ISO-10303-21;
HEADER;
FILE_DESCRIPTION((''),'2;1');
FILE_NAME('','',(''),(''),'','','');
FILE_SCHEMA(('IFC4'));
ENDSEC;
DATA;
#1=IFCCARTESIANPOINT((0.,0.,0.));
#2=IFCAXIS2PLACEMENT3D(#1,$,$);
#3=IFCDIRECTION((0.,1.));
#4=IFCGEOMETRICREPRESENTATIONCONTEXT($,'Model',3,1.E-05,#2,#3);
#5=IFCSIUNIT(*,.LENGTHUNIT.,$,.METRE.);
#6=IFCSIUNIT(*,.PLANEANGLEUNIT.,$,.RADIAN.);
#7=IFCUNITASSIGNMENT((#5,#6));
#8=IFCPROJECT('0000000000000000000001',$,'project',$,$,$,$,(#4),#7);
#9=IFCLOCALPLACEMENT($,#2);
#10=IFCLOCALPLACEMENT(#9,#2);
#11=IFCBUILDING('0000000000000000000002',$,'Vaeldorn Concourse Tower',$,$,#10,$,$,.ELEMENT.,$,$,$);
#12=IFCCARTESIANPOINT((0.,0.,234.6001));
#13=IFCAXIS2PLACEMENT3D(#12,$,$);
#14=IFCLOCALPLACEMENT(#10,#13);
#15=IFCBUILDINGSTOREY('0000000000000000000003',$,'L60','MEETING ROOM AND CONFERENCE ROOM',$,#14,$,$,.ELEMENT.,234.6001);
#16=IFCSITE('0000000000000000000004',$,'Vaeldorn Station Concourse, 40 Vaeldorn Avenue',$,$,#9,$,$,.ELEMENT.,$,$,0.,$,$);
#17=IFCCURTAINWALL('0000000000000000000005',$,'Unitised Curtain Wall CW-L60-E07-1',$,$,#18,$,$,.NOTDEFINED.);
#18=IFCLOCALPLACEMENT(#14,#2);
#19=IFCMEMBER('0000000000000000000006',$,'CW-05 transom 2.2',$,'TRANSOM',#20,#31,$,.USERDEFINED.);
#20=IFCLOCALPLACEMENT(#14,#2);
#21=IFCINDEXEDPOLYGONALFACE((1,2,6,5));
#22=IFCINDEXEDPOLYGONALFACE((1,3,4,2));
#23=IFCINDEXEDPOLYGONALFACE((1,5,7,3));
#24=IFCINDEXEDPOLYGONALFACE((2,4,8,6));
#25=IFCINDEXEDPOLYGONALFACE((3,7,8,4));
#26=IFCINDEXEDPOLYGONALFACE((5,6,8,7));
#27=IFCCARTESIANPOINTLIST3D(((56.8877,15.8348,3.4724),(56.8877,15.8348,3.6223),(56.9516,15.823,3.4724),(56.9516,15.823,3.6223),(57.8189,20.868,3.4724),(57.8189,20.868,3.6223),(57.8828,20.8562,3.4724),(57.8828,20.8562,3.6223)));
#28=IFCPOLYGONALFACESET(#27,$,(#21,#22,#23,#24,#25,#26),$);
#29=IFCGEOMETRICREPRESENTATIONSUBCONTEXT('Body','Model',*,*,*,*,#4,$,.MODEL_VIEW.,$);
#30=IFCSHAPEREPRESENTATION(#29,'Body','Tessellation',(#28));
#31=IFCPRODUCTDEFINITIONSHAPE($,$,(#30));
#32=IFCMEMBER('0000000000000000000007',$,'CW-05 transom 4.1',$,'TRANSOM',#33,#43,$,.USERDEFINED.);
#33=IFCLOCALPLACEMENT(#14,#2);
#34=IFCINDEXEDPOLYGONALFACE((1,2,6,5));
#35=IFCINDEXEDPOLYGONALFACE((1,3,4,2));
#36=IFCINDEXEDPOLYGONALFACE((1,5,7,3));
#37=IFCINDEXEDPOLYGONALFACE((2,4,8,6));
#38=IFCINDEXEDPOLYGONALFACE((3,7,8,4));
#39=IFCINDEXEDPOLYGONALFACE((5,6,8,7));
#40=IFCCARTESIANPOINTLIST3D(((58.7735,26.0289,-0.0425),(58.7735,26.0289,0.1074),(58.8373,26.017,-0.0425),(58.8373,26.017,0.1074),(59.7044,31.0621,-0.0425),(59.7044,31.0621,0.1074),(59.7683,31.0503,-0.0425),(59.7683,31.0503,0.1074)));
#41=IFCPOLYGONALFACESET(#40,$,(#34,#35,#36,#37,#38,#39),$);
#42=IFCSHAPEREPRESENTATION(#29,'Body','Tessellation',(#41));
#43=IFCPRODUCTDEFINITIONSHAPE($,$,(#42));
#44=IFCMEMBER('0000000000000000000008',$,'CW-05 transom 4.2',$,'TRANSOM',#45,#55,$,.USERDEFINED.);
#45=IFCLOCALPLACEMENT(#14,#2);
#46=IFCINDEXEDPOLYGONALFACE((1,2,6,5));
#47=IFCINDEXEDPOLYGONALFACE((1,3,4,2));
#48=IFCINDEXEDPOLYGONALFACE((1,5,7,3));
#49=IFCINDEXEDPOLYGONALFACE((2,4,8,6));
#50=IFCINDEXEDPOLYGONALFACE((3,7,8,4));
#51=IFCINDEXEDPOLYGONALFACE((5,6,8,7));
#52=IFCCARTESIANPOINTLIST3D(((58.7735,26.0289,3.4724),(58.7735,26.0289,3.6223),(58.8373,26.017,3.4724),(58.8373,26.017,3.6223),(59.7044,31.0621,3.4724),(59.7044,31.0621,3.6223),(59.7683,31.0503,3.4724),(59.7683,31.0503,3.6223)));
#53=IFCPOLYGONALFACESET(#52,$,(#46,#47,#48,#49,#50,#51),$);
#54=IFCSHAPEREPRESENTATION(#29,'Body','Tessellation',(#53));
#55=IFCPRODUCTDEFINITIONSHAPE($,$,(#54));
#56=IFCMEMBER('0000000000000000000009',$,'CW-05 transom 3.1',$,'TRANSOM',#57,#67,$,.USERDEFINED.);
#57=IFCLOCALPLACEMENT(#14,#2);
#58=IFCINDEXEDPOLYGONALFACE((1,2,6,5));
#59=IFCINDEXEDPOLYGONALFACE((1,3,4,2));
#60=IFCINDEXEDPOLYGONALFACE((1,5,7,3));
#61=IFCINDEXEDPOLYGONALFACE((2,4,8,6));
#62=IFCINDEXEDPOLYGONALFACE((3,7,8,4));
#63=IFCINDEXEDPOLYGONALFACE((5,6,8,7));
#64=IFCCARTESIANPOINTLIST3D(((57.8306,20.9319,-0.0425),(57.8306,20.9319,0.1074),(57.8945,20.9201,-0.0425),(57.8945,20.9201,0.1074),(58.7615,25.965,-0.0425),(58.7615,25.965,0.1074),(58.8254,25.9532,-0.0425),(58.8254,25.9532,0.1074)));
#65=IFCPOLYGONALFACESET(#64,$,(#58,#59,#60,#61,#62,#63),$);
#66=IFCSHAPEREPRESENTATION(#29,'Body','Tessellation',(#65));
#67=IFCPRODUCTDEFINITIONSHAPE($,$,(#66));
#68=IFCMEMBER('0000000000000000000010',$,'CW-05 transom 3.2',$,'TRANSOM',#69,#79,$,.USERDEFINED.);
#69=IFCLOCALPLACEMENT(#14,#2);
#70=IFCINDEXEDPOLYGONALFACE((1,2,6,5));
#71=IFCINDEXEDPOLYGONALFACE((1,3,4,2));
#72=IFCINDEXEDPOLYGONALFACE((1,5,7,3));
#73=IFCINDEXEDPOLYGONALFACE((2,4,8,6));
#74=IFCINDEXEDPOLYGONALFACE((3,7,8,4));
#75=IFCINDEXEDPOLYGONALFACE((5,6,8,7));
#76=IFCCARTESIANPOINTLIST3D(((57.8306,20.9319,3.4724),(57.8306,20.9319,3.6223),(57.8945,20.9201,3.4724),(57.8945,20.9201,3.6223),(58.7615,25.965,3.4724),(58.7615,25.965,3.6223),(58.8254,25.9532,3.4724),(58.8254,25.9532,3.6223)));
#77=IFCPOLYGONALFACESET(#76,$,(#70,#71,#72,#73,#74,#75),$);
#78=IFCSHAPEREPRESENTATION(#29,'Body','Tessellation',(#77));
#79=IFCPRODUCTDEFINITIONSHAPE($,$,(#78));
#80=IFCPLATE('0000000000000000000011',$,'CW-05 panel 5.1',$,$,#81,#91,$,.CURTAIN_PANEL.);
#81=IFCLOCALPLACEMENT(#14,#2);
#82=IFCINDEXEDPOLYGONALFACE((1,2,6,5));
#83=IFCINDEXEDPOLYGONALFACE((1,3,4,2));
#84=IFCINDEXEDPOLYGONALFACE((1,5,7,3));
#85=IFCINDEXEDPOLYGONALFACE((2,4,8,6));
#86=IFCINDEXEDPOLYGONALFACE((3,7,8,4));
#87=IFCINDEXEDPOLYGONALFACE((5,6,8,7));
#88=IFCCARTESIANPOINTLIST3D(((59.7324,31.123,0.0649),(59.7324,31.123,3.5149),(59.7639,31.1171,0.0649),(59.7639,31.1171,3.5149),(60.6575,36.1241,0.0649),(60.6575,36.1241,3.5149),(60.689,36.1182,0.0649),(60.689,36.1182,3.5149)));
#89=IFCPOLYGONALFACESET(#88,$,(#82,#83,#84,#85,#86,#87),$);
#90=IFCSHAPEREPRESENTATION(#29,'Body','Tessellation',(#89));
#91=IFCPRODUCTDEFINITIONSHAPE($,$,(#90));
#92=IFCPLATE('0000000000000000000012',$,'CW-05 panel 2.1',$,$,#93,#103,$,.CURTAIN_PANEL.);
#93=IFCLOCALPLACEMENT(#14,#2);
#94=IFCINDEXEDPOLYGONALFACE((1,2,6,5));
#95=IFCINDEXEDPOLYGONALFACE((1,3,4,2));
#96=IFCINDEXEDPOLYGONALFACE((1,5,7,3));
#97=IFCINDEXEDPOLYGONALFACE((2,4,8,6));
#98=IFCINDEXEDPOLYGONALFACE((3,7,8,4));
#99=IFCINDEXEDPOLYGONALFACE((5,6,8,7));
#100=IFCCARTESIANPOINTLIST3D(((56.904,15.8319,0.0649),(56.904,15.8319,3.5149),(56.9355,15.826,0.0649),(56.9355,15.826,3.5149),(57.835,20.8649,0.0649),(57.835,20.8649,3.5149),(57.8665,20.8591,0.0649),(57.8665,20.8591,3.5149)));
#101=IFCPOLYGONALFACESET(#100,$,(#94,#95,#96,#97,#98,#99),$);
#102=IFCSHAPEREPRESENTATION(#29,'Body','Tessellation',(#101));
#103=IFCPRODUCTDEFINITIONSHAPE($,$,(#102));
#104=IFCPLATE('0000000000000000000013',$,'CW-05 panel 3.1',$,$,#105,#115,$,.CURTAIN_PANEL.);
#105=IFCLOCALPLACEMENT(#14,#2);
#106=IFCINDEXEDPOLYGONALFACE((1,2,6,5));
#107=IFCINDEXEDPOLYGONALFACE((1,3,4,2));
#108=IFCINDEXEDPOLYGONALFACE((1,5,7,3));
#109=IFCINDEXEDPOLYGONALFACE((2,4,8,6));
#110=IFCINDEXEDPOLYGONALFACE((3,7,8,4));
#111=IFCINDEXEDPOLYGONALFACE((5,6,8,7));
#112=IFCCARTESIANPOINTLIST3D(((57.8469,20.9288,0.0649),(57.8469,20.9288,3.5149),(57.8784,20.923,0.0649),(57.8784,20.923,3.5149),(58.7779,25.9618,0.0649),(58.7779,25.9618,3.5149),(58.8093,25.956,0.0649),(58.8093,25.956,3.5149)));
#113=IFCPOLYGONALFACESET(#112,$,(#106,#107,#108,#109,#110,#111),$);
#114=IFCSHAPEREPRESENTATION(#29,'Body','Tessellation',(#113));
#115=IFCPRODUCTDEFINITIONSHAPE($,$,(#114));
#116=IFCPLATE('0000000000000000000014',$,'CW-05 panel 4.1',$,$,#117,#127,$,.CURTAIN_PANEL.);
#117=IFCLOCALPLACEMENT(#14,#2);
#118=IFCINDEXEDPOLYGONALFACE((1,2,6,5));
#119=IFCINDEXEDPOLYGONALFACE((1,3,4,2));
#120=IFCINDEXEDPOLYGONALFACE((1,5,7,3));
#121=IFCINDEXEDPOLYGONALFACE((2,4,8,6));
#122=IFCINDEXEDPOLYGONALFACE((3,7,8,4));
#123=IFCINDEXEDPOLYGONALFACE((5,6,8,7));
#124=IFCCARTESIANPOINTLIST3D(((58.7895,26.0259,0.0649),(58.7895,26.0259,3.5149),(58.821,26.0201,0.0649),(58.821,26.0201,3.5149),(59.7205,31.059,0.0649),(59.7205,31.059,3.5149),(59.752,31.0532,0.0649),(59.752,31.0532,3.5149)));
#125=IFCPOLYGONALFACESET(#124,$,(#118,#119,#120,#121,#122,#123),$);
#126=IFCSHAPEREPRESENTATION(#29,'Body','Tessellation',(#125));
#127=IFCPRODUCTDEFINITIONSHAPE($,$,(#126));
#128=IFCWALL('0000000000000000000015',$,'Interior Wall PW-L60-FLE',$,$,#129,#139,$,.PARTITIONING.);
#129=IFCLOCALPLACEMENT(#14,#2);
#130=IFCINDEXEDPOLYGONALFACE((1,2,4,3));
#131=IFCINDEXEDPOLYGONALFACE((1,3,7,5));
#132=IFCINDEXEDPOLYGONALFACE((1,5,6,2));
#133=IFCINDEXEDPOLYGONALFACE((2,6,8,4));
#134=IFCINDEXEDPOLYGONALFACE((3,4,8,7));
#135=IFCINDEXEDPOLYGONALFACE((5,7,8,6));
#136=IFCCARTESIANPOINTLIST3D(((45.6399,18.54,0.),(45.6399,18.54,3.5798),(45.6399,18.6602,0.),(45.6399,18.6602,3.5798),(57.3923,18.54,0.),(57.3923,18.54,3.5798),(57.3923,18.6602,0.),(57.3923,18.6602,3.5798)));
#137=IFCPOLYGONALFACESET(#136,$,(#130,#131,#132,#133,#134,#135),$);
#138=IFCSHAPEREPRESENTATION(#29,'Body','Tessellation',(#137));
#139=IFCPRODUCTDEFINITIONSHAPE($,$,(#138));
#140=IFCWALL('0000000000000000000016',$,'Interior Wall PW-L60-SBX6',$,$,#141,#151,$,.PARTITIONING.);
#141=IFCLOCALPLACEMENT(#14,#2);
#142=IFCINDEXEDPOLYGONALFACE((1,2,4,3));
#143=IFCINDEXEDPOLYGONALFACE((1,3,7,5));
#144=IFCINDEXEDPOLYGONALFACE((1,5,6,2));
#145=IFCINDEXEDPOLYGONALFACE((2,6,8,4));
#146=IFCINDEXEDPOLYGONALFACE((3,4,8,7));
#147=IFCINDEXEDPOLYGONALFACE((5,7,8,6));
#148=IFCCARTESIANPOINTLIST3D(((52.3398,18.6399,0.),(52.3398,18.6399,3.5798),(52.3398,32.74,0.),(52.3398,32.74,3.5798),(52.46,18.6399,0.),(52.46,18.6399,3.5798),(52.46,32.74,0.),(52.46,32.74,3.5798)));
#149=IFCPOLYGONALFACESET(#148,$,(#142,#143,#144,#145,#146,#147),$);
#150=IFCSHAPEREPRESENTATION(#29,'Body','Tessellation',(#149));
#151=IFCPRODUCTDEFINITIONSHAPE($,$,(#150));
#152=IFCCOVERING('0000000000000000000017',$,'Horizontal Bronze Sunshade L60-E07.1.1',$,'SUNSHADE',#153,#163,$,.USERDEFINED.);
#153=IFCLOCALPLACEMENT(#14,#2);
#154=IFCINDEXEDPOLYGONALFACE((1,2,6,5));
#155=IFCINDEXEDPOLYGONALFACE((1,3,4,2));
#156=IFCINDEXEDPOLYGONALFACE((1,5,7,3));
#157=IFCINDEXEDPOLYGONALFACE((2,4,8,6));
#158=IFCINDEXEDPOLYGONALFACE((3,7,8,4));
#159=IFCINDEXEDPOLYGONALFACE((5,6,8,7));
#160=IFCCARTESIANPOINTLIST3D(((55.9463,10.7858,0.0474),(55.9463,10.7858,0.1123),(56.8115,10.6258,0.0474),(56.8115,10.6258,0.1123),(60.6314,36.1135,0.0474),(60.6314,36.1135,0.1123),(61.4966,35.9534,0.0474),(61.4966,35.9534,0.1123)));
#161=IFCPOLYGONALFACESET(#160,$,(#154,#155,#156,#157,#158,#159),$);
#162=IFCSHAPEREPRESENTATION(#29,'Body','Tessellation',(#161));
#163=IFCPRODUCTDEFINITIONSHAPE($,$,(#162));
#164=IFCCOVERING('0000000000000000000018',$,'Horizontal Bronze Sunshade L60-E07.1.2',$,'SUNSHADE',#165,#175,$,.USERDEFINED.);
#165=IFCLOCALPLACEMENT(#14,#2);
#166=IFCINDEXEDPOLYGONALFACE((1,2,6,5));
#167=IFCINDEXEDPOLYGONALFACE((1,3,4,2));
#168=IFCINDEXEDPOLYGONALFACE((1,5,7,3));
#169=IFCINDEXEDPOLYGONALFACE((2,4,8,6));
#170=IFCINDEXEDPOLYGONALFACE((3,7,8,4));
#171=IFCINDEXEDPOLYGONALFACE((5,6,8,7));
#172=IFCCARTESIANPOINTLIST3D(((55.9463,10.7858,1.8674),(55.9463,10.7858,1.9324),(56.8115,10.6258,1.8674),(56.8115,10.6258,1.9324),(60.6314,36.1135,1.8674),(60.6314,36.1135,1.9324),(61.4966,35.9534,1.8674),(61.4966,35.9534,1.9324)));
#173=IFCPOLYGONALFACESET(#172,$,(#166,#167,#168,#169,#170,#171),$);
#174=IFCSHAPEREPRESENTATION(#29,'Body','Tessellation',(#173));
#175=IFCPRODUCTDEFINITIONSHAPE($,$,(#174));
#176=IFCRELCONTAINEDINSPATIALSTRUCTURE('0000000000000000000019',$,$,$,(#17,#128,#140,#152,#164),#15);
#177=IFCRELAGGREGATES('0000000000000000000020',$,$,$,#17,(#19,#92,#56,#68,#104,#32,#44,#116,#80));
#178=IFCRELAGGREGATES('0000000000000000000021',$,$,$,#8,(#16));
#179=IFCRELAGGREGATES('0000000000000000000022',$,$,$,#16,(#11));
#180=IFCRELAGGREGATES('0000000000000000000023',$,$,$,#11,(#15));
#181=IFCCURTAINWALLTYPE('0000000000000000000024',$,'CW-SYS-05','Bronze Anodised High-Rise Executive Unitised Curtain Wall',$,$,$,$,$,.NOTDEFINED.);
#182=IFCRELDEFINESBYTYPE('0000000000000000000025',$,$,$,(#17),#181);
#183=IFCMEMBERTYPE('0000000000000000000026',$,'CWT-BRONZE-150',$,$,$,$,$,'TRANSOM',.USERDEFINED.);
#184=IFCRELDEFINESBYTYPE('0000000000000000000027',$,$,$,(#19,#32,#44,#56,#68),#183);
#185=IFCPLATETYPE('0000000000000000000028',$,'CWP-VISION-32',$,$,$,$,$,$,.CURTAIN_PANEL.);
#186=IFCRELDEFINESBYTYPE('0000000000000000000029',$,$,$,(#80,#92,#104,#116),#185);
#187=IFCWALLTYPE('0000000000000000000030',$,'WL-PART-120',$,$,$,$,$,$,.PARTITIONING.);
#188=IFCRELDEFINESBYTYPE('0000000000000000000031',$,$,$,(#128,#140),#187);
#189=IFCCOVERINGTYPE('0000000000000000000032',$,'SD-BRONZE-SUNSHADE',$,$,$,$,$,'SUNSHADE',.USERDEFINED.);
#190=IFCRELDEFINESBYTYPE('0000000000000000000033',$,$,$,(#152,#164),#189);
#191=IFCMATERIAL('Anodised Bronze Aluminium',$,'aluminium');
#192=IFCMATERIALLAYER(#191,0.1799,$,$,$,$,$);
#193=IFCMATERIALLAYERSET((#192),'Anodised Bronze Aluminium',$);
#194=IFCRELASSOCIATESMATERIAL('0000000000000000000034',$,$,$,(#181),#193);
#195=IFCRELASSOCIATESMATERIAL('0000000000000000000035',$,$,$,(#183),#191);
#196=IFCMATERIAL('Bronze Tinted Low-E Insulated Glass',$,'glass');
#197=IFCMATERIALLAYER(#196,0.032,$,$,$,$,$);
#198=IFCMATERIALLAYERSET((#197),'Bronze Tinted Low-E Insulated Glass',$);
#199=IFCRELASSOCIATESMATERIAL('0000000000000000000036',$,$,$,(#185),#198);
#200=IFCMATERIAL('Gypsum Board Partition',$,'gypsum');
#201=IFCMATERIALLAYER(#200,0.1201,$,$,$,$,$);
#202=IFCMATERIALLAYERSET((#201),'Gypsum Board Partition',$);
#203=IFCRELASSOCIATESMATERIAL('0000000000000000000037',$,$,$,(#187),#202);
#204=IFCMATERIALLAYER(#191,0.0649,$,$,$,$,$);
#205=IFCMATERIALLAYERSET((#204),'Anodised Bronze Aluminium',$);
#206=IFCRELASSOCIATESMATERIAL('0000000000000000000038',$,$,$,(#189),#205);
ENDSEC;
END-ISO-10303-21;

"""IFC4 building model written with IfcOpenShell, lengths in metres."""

from ifc_helpers import new_model, si_unit, direction, frame, frame_2d, origin, origin_2d, place, context, subcontext, project, spatial, rectangle, extrude, source, transform, mapped, material, layer, layer_set, material_profile, profile_set, type_object, element, aggregate, save


model = new_model("IFC4")

# Units and contexts
model_context = context("Model", 3, precision=1e-05, world=origin(), true_north=direction((0.0, 1.0)))
body_context = subcontext(model_context, "Body", "Model", "MODEL_VIEW")
ifc_project = project(units=[si_unit("LENGTHUNIT", "METRE"), si_unit("PLANEANGLEUNIT", "RADIAN")], contexts=[model_context])

# Site, building, storey
site_placement = place(None, origin())
site = spatial("IfcSite", under=ifc_project, at=site_placement, Name="Vaeldorn Station Concourse, 40 Vaeldorn Avenue", CompositionType="ELEMENT", RefElevation=0.0)
building_placement = place(site_placement, origin())
building = spatial("IfcBuilding", under=site, at=building_placement, Name="Vaeldorn Concourse Tower", CompositionType="ELEMENT")
storey_placement = place(building_placement, frame((0.0, 0.0, 234.6001)))
storey = spatial("IfcBuildingStorey", under=building, at=storey_placement, Name="L60", Description="MEETING ROOM AND CONFERENCE ROOM", CompositionType="ELEMENT", Elevation=234.6001)

# Curtain wall, members, plates
ifc_material_1 = material(Name="Anodised Bronze Aluminium", Category="aluminium")
ifc_layer_1 = layer(ifc_material_1, 0.1799)
ifc_layer_set_1 = layer_set([ifc_layer_1], Name="Anodised Bronze Aluminium")
curtain_wall_type = type_object("IfcCurtainWallType", Name="CW-SYS-05", Description="Bronze Anodised High-Rise Executive Unitised Curtain Wall", PredefinedType="NOTDEFINED", material=ifc_layer_set_1)
curtain_wall_placement = place(storey_placement, origin())
curtain_wall = element("IfcCurtainWall", 1, at=curtain_wall_placement, inside=storey, type_object=curtain_wall_type, Name="Unitised Curtain Wall CW-L60-E07-1", PredefinedType="NOTDEFINED")
ifc_material_profile_1 = material_profile(ifc_material_1, rectangle(XDim=0.0649, YDim=0.1499, at=origin_2d()), Name="CWT 65x150")
ifc_profile_set_1 = profile_set([ifc_material_profile_1], Name="Anodised Bronze Aluminium")
member_type_1 = type_object("IfcMemberType", Name="CWT-BRONZE-150", ElementType="TRANSOM", PredefinedType="USERDEFINED", material=ifc_profile_set_1)
shared_shape_1 = source(origin(), body_context, "Body", "SweptSolid", [
    extrude(rectangle(XDim=0.0649, YDim=0.1499, at=origin_2d()), origin(), (0.0, 0.0, 1.0), 5.1187),
])
member_1_placement = place(storey_placement, frame((56.9197, 15.8289, 3.5474), z_axis=(0.181915, 0.983314, 0.0), x_axis=(-0.983314, 0.181915, 0.0)))
member_1 = element("IfcMember", 2, at=member_1_placement, type_object=member_type_1, Name="CW-05 transom 2.2", ObjectType="TRANSOM", PredefinedType="USERDEFINED", context=body_context, shape_type="MappedRepresentation", body=[
    mapped(shared_shape_1, transform((0.0, 0.0, 0.0), scale=1.0)),
])
member_2_placement = place(storey_placement, frame((58.8054, 26.0229, 0.0325), z_axis=(0.181869, 0.983323, 0.0), x_axis=(-0.983323, 0.181869, 0.0)))
member_2 = element("IfcMember", 3, at=member_2_placement, type_object=member_type_1, Name="CW-05 transom 4.1", ObjectType="TRANSOM", PredefinedType="USERDEFINED", context=body_context, shape_type="MappedRepresentation", body=[
    mapped(shared_shape_1, transform((0.0, 0.0, 0.0), scale=1.0)),
])
member_3_placement = place(storey_placement, frame((58.8054, 26.0229, 3.5474), z_axis=(0.181869, 0.983323, 0.0), x_axis=(-0.983323, 0.181869, 0.0)))
member_3 = element("IfcMember", 4, at=member_3_placement, type_object=member_type_1, Name="CW-05 transom 4.2", ObjectType="TRANSOM", PredefinedType="USERDEFINED", context=body_context, shape_type="MappedRepresentation", body=[
    mapped(shared_shape_1, transform((0.0, 0.0, 0.0), scale=1.0)),
])
shared_shape_2 = source(origin(), body_context, "Body", "SweptSolid", [
    extrude(rectangle(XDim=0.0649, YDim=0.1499, at=origin_2d()), origin(), (0.0, 0.0, 1.0), 5.1184),
])
member_4_placement = place(storey_placement, frame((57.8625, 20.926, 0.0325), z_axis=(0.181877, 0.983321, 0.0), x_axis=(-0.983321, 0.181877, 0.0)))
member_4 = element("IfcMember", 5, at=member_4_placement, type_object=member_type_1, Name="CW-05 transom 3.1", ObjectType="TRANSOM", PredefinedType="USERDEFINED", context=body_context, shape_type="MappedRepresentation", body=[
    mapped(shared_shape_2, transform((0.0, 0.0, 0.0), scale=1.0)),
])
member_5_placement = place(storey_placement, frame((57.8625, 20.926, 3.5474), z_axis=(0.181877, 0.983321, 0.0), x_axis=(-0.983321, 0.181877, 0.0)))
member_5 = element("IfcMember", 6, at=member_5_placement, type_object=member_type_1, Name="CW-05 transom 3.2", ObjectType="TRANSOM", PredefinedType="USERDEFINED", context=body_context, shape_type="MappedRepresentation", body=[
    mapped(shared_shape_2, transform((0.0, 0.0, 0.0), scale=1.0)),
])
ifc_material_2 = material(Name="Bronze Tinted Low-E Insulated Glass", Category="glass")
ifc_layer_2 = layer(ifc_material_2, 0.032)
ifc_layer_set_2 = layer_set([ifc_layer_2], Name="Bronze Tinted Low-E Insulated Glass")
plate_type = type_object("IfcPlateType", Name="CWP-VISION-32", PredefinedType="CURTAIN_PANEL", material=ifc_layer_set_2)
shared_shape_3 = source(origin(), body_context, "Body", "SweptSolid", [
    extrude(rectangle(XDim=5.0859, YDim=0.032, at=origin_2d()), origin(), (0.0, 0.0, 1.0), 3.45),
])
plate_1_placement = place(storey_placement, frame((60.2107, 33.6206, 0.0649), z_axis=(0.0, 0.0, 1.0), x_axis=(0.18189, 0.983319, 0.0)))
plate_1 = element("IfcPlate", 7, at=plate_1_placement, type_object=plate_type, Name="CW-05 panel 5.1", PredefinedType="CURTAIN_PANEL", context=body_context, shape_type="MappedRepresentation", body=[
    mapped(shared_shape_3, transform((0.0, 0.0, 0.0), scale=1.0)),
])
shared_shape_4 = source(origin(), body_context, "Body", "SweptSolid", [
    extrude(rectangle(XDim=5.1184, YDim=0.032, at=origin_2d()), origin(), (0.0, 0.0, 1.0), 3.45),
])
plate_2_placement = place(storey_placement, frame((57.3853, 18.3455, 0.0649), z_axis=(0.0, 0.0, 1.0), x_axis=(0.18189, 0.983319, 0.0)))
plate_2 = element("IfcPlate", 8, at=plate_2_placement, type_object=plate_type, Name="CW-05 panel 2.1", PredefinedType="CURTAIN_PANEL", context=body_context, shape_type="MappedRepresentation", body=[
    mapped(shared_shape_4, transform((0.0, 0.0, 0.0), scale=1.0)),
])
plate_3_placement = place(storey_placement, frame((58.3281, 23.4424, 0.0649), z_axis=(0.0, 0.0, 1.0), x_axis=(0.18189, 0.983319, 0.0)))
plate_3 = element("IfcPlate", 9, at=plate_3_placement, type_object=plate_type, Name="CW-05 panel 3.1", PredefinedType="CURTAIN_PANEL", context=body_context, shape_type="MappedRepresentation", body=[
    mapped(shared_shape_4, transform((0.0, 0.0, 0.0), scale=1.0)),
])
plate_4_placement = place(storey_placement, frame((59.2708, 28.5396, 0.0649), z_axis=(0.0, 0.0, 1.0), x_axis=(0.18189, 0.983319, 0.0)))
plate_4 = element("IfcPlate", 10, at=plate_4_placement, type_object=plate_type, Name="CW-05 panel 4.1", PredefinedType="CURTAIN_PANEL", context=body_context, shape_type="MappedRepresentation", body=[
    mapped(shared_shape_4, transform((0.0, 0.0, 0.0), scale=1.0)),
])
aggregate(curtain_wall, [member_1, plate_2, member_4, member_5, plate_3, member_2, member_3, plate_4, plate_1])

# Walls
ifc_material_3 = material(Name="Gypsum Board Partition", Category="gypsum")
ifc_layer_3 = layer(ifc_material_3, 0.1201)
ifc_layer_set_3 = layer_set([ifc_layer_3], Name="Gypsum Board Partition")
wall_type = type_object("IfcWallType", Name="WL-PART-120", PredefinedType="PARTITIONING", material=ifc_layer_set_3)
wall_1_placement = place(storey_placement, frame((45.6399, 18.6001, 0.0), z_axis=(0.0, 0.0, 1.0), x_axis=(1.0, 0.0, 0.0)))
element("IfcWall", 11, at=wall_1_placement, inside=storey, type_object=wall_type, Name="Interior Wall PW-L60-FLE", PredefinedType="PARTITIONING", context=body_context, shape_type="SweptSolid", body=[
    extrude(rectangle(XDim=11.7524, YDim=0.1201, at=frame_2d((5.8762, 0.0))), origin(), (0.0, 0.0, 1.0), 3.5798),
])
wall_2_placement = place(storey_placement, frame((52.3999, 18.6399, 0.0), z_axis=(0.0, 0.0, 1.0), x_axis=(0.0, 1.0, 0.0)))
element("IfcWall", 12, at=wall_2_placement, inside=storey, type_object=wall_type, Name="Interior Wall PW-L60-SBX6", PredefinedType="PARTITIONING", context=body_context, shape_type="SweptSolid", body=[
    extrude(rectangle(XDim=14.1001, YDim=0.1201, at=frame_2d((7.05, 0.0))), origin(), (0.0, 0.0, 1.0), 3.5798),
])

# Coverings
ifc_layer_4 = layer(ifc_material_1, 0.0649)
ifc_layer_set_4 = layer_set([ifc_layer_4], Name="Anodised Bronze Aluminium")
covering_type = type_object("IfcCoveringType", Name="SD-BRONZE-SUNSHADE", ElementType="SUNSHADE", PredefinedType="USERDEFINED", material=ifc_layer_set_4)
shared_shape_5 = source(origin(), body_context, "Body", "SweptSolid", [
    extrude(rectangle(XDim=25.7573, YDim=0.8799, at=origin_2d()), origin(), (0.0, 0.0, 1.0), 0.0649),
])
for number, where, z_axis, x_axis, name in (
    (13, (58.7214, 23.3696, 0.0474), (0.0, 0.0, 1.0), (0.181892, 0.983318, 0.0), "Horizontal Bronze Sunshade L60-E07.1.1"),
    (14, (58.7214, 23.3696, 1.8674), (0.0, 0.0, 1.0), (0.181892, 0.983318, 0.0), "Horizontal Bronze Sunshade L60-E07.1.2"),
):
    element("IfcCovering", number, at=place(storey_placement, frame(where, z_axis=z_axis, x_axis=x_axis)), inside=storey, type_object=covering_type, Name=name, ObjectType="SUNSHADE", PredefinedType="USERDEFINED", context=body_context, shape_type="MappedRepresentation", body=[
        mapped(shared_shape_5, transform((0.0, 0.0, 0.0), scale=1.0)),
    ])

save(model, "model.ifc")
